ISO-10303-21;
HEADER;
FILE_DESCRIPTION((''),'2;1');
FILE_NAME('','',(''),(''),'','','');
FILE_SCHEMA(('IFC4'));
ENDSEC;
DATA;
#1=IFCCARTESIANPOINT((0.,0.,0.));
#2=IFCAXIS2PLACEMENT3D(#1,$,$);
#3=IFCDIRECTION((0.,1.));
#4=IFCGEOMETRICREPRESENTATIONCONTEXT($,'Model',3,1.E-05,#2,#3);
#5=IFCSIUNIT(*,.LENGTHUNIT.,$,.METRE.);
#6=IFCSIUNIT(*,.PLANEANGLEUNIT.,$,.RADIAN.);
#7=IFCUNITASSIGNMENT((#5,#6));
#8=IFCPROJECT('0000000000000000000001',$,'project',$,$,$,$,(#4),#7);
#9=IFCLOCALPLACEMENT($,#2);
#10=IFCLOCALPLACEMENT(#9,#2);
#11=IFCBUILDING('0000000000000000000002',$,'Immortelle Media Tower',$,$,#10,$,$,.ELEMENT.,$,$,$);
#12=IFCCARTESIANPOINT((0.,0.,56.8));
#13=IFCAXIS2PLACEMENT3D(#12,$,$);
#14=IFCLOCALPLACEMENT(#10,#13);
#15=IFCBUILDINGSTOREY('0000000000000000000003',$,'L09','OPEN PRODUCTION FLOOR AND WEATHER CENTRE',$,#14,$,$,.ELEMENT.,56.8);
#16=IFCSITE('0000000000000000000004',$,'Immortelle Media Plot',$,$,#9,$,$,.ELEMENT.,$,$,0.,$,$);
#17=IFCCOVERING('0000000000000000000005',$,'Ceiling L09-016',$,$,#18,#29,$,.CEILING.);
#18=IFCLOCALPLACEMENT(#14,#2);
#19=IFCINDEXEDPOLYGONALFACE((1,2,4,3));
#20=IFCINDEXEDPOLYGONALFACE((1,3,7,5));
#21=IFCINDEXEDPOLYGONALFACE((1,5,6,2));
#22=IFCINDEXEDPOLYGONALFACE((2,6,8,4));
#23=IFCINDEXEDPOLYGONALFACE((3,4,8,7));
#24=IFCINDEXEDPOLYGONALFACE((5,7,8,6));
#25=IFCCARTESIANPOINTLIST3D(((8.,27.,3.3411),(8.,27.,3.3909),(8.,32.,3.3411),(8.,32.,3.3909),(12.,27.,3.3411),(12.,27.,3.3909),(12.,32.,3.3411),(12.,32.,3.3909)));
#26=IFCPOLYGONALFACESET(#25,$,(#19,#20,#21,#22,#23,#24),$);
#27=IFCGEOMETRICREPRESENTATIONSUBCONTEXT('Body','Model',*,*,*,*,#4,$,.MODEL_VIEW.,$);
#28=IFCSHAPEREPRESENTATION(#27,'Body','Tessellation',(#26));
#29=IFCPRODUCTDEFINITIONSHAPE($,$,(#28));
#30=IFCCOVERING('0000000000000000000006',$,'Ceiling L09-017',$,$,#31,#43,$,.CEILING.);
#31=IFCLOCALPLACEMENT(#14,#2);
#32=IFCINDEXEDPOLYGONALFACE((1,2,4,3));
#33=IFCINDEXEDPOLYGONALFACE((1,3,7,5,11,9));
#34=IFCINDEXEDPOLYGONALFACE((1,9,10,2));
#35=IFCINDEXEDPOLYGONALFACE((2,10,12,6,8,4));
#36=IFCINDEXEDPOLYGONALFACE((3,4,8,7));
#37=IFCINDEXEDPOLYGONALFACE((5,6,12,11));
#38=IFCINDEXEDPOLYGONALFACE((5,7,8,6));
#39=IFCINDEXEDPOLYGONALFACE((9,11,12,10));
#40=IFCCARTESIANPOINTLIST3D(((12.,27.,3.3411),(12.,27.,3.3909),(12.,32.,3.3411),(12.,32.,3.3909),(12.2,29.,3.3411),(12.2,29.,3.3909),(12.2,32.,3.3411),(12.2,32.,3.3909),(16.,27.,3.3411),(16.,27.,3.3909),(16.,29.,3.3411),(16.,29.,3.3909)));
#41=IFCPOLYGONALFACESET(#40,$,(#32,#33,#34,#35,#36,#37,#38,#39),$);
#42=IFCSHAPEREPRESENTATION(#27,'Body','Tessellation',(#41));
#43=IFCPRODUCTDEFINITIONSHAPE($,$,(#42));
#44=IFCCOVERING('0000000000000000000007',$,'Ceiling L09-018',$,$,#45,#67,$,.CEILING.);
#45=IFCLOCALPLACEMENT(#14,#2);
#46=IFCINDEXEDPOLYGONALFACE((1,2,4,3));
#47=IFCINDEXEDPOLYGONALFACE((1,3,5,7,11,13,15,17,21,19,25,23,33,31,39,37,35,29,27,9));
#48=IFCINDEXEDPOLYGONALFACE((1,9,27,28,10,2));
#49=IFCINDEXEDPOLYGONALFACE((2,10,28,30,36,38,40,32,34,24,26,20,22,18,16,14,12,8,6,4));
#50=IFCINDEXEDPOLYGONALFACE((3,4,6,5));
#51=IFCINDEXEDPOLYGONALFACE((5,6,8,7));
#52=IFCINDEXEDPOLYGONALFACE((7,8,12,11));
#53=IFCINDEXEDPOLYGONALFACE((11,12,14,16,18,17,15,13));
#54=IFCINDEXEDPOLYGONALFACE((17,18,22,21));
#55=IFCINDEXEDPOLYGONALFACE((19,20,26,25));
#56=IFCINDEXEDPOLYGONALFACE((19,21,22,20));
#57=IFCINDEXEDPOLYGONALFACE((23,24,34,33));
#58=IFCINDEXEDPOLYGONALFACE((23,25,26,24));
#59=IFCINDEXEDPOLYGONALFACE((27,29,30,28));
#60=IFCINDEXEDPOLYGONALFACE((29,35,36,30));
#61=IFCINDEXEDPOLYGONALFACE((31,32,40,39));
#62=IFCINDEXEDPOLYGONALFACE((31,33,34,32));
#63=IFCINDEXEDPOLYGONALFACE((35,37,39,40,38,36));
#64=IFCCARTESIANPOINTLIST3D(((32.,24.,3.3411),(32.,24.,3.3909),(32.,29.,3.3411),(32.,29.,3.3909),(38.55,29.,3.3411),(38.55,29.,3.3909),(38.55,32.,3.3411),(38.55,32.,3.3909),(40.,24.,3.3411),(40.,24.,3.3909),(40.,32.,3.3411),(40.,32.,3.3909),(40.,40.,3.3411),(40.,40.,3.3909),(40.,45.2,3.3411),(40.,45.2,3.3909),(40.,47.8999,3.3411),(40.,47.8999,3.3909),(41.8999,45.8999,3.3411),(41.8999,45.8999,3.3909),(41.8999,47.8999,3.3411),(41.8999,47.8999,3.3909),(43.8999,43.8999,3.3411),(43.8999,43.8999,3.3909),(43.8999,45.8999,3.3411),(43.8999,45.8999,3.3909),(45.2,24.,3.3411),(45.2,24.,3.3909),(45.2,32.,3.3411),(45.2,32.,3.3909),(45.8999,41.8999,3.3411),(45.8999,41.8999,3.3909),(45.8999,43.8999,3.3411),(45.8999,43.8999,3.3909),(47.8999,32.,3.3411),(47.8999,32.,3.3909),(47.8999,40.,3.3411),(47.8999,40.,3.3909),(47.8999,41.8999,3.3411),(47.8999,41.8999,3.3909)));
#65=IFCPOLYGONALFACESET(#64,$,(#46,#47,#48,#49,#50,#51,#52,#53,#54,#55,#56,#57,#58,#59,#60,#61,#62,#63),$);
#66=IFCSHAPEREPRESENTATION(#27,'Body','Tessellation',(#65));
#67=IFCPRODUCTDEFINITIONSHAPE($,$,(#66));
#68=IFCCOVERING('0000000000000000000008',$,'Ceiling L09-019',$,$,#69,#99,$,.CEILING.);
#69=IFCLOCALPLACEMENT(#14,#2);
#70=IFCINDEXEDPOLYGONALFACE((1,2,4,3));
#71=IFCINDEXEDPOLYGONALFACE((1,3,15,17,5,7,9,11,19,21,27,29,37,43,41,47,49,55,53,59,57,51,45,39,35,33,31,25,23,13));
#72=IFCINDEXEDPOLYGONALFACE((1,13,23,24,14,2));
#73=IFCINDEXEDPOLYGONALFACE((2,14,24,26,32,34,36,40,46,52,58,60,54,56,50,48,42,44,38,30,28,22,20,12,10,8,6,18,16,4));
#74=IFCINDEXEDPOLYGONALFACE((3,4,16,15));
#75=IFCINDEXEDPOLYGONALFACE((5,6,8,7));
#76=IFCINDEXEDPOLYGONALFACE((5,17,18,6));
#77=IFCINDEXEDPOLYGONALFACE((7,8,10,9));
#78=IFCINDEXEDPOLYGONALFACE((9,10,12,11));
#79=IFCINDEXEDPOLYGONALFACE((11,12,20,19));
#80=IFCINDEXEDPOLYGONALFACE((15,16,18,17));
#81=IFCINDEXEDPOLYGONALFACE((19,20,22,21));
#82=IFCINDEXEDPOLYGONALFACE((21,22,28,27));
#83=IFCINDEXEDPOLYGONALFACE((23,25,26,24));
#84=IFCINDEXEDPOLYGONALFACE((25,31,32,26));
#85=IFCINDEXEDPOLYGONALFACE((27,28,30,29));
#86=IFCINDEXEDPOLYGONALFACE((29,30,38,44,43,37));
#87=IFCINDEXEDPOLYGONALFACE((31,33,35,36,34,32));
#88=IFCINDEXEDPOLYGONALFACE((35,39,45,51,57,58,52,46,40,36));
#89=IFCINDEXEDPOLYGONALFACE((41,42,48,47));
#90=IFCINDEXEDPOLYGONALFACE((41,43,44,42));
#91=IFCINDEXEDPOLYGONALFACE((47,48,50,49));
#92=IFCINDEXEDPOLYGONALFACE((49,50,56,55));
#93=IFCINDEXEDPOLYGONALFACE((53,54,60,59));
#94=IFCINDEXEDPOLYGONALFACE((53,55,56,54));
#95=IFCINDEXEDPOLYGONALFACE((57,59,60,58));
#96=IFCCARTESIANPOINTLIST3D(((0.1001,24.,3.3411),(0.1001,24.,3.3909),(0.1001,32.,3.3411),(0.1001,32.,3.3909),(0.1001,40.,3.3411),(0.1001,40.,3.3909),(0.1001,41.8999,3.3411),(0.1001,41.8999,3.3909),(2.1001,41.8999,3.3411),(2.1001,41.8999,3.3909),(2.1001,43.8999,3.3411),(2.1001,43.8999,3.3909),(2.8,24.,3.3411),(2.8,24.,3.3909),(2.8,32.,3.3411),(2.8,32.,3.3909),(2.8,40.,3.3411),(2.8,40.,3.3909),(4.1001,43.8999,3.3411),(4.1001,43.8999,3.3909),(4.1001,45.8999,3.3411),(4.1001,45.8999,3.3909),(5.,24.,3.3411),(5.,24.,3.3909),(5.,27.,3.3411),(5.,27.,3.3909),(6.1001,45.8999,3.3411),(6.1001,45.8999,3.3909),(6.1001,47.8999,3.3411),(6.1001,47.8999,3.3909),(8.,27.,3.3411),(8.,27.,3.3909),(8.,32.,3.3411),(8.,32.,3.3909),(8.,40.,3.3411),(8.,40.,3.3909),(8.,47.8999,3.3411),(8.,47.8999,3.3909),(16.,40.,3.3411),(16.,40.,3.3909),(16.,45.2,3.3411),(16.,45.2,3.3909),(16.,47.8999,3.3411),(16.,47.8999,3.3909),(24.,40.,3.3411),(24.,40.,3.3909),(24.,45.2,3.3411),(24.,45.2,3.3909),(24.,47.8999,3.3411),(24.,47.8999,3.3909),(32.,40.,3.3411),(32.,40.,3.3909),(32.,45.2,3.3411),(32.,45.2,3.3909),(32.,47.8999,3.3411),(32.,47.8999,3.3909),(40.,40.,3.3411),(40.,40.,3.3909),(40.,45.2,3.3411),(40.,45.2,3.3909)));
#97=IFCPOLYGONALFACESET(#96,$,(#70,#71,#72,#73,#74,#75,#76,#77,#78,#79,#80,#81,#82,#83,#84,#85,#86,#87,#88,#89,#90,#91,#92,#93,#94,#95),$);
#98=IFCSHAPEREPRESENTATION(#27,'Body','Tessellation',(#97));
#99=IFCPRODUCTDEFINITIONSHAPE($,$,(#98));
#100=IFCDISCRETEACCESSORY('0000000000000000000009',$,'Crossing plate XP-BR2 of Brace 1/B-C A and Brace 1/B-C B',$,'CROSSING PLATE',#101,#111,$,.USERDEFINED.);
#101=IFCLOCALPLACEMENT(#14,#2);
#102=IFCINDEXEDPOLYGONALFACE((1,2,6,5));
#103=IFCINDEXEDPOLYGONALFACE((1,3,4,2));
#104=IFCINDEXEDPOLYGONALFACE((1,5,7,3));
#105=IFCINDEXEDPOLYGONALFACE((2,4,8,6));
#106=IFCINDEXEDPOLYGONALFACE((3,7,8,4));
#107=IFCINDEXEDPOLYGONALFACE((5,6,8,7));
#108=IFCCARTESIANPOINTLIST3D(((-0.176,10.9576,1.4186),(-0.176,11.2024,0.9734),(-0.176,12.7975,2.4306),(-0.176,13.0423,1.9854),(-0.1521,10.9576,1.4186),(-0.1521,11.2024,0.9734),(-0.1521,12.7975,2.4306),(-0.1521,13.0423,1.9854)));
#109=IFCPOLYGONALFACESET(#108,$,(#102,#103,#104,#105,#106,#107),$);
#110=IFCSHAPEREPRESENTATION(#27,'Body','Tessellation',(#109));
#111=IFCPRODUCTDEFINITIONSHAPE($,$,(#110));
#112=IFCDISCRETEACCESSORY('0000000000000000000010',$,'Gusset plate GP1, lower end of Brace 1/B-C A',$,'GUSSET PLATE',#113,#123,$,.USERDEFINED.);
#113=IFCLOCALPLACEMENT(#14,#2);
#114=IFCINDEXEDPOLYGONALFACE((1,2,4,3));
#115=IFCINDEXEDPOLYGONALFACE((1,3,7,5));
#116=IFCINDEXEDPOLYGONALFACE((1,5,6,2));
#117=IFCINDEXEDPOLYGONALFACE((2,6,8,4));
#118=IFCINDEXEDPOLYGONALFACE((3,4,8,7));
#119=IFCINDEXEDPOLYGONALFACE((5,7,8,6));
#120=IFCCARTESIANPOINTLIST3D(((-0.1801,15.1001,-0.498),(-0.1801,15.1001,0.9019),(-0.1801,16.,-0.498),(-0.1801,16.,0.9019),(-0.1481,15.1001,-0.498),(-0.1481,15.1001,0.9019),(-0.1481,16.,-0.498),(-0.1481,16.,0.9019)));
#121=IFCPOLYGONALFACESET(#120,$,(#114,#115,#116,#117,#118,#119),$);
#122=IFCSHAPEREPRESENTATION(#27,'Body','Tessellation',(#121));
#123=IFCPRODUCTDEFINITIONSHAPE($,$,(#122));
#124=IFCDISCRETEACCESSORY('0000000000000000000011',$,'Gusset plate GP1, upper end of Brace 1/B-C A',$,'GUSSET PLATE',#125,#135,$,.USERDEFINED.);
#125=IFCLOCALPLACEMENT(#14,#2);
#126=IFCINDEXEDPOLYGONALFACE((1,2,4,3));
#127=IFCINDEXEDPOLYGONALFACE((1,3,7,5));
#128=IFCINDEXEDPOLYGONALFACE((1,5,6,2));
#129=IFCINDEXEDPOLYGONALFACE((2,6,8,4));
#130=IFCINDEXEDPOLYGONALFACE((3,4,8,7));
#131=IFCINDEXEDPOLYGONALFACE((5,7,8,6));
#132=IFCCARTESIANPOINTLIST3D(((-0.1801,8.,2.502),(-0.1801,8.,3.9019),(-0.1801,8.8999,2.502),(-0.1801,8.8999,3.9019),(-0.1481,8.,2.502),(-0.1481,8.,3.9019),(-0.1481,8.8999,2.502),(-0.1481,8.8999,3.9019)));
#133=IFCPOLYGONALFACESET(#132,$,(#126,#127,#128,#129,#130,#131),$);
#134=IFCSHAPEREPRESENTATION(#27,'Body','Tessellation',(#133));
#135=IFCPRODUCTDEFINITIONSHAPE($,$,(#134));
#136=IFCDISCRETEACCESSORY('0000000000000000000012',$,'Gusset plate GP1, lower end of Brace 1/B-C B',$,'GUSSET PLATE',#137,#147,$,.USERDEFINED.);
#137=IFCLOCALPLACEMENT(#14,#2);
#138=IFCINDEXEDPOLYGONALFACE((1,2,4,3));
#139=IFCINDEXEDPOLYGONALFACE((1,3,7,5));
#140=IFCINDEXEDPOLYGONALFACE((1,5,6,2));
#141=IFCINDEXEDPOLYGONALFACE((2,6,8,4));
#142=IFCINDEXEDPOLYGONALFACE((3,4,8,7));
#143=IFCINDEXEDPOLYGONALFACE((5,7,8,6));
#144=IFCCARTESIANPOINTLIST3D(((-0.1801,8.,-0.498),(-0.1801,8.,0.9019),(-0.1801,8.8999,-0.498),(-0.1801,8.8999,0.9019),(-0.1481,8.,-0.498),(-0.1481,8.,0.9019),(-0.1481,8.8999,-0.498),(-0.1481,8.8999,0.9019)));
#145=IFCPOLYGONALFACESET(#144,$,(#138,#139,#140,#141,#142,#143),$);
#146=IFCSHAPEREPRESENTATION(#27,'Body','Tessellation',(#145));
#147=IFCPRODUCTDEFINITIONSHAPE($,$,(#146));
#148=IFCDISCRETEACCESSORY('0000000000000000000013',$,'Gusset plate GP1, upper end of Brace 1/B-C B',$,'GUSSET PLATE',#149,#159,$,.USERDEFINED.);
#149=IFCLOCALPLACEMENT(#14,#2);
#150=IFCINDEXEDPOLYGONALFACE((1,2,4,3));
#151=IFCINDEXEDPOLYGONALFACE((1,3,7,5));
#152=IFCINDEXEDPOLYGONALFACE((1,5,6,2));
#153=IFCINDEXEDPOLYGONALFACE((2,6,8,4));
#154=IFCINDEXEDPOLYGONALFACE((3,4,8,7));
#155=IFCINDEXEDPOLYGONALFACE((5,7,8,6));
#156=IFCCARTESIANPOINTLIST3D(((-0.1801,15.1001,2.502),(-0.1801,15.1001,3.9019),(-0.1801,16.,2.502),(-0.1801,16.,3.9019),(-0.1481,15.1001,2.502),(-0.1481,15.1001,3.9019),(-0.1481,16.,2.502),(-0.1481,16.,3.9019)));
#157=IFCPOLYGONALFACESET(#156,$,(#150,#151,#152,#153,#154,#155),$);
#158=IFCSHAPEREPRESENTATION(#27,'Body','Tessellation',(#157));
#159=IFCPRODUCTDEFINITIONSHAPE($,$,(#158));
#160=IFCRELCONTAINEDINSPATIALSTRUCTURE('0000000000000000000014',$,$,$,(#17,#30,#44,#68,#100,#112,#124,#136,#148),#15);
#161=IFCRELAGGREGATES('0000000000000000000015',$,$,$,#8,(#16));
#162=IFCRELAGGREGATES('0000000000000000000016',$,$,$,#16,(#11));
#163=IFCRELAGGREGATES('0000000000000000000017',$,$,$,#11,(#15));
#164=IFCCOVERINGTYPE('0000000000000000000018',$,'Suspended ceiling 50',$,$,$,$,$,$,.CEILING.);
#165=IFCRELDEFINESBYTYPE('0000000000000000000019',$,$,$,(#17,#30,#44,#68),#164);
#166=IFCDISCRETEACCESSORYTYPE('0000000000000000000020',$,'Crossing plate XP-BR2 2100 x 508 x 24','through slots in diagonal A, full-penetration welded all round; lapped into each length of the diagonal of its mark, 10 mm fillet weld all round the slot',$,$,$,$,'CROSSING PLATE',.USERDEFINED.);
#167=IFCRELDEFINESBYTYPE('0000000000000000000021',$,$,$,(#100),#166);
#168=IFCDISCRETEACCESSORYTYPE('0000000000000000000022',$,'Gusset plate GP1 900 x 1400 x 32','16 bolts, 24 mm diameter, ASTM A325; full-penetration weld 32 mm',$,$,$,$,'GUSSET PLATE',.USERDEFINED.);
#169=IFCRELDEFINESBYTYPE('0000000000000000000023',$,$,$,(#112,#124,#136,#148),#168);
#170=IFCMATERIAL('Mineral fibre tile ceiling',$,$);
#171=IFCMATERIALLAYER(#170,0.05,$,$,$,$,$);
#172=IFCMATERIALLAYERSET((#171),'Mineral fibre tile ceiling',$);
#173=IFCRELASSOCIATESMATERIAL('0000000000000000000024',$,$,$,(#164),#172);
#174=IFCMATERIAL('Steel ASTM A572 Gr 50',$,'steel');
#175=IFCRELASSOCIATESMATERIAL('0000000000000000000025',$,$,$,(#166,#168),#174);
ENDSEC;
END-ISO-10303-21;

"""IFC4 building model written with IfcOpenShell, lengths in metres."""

from ifc_helpers import new_model, si_unit, direction, frame, origin, origin_2d, place, context, subcontext, project, spatial, polyline, rectangle, outline, extrude, material, layer, layer_set, material_profile, profile_set, type_object, element, save


model = new_model("IFC4")

# Units and contexts
model_context = context("Model", 3, precision=1e-05, world=origin(), true_north=direction((0.0, 1.0)))
body_context = subcontext(model_context, "Body", "Model", "MODEL_VIEW")
ifc_project = project(units=[si_unit("LENGTHUNIT", "METRE"), si_unit("PLANEANGLEUNIT", "RADIAN")], contexts=[model_context])

# Site, building, storey
site_placement = place(None, origin())
site = spatial("IfcSite", under=ifc_project, at=site_placement, Name="Immortelle Media Plot", CompositionType="ELEMENT", RefElevation=0.0)
building_placement = place(site_placement, origin())
building = spatial("IfcBuilding", under=site, at=building_placement, Name="Immortelle Media Tower", CompositionType="ELEMENT")
storey_placement = place(building_placement, frame((0.0, 0.0, 56.8)))
storey = spatial("IfcBuildingStorey", under=building, at=storey_placement, Name="L09", Description="OPEN PRODUCTION FLOOR AND WEATHER CENTRE", CompositionType="ELEMENT", Elevation=56.8)

# Coverings
ifc_material_1 = material(Name="Mineral fibre tile ceiling")
ifc_layer_1 = layer(ifc_material_1, 0.05)
ifc_layer_set_1 = layer_set([ifc_layer_1], Name="Mineral fibre tile ceiling")
covering_type = type_object("IfcCoveringType", Name="Suspended ceiling 50", PredefinedType="CEILING", material=ifc_layer_set_1)
covering_1_placement = place(storey_placement, frame((0.0, 0.0, 3.3411)))
element("IfcCovering", 1, at=covering_1_placement, inside=storey, type_object=covering_type, Name="Ceiling L09-016", PredefinedType="CEILING", context=body_context, shape_type="SweptSolid", body=[
    extrude(outline(polyline([(8.0, 32.0), (12.0, 32.0), (12.0, 27.0), (8.0, 27.0), (8.0, 32.0)])), origin(), (0.0, 0.0, 1.0), 0.0498),
])
covering_2_placement = place(storey_placement, frame((0.0, 0.0, 3.3411)))
element("IfcCovering", 2, at=covering_2_placement, inside=storey, type_object=covering_type, Name="Ceiling L09-017", PredefinedType="CEILING", context=body_context, shape_type="SweptSolid", body=[
    extrude(outline(polyline([(12.2, 32.0), (12.2, 29.0), (16.0, 29.0), (16.0, 27.0), (12.0, 27.0), (12.0, 32.0), (12.2, 32.0)])), origin(), (0.0, 0.0, 1.0), 0.0498),
])
covering_3_placement = place(storey_placement, frame((0.0, 0.0, 3.3411)))
element("IfcCovering", 3, at=covering_3_placement, inside=storey, type_object=covering_type, Name="Ceiling L09-018", PredefinedType="CEILING", context=body_context, shape_type="SweptSolid", body=[
    extrude(outline(polyline([(38.55, 32.0), (40.0, 32.0), (40.0, 40.0), (40.0, 45.2), (40.0, 47.8999), (41.8999, 47.8999), (41.8999, 45.8999), (43.8999, 45.8999), (43.8999, 43.8999), (45.8999, 43.8999), (45.8999, 41.8999), (47.8999, 41.8999), (47.8999, 40.0), (47.8999, 32.0), (45.2, 32.0), (45.2, 24.0), (40.0, 24.0), (32.0, 24.0), (32.0, 29.0), (38.55, 29.0), (38.55, 32.0)])), origin(), (0.0, 0.0, 1.0), 0.0498),
])
covering_4_placement = place(storey_placement, frame((0.0, 0.0, 3.3411)))
element("IfcCovering", 4, at=covering_4_placement, inside=storey, type_object=covering_type, Name="Ceiling L09-019", PredefinedType="CEILING", context=body_context, shape_type="SweptSolid", body=[
    extrude(outline(polyline([(2.8, 40.0), (0.1001, 40.0), (0.1001, 41.8999), (2.1001, 41.8999), (2.1001, 43.8999), (4.1001, 43.8999), (4.1001, 45.8999), (6.1001, 45.8999), (6.1001, 47.8999), (8.0, 47.8999), (16.0, 47.8999), (16.0, 45.2), (24.0, 45.2), (24.0, 47.8999), (32.0, 47.8999), (32.0, 45.2), (40.0, 45.2), (40.0, 40.0), (32.0, 40.0), (24.0, 40.0), (16.0, 40.0), (8.0, 40.0), (8.0, 32.0), (8.0, 27.0), (5.0, 27.0), (5.0, 24.0), (2.8, 24.0), (0.1001, 24.0), (0.1001, 32.0), (2.8, 32.0), (2.8, 40.0)])), origin(), (0.0, 0.0, 1.0), 0.0498),
])

# Discrete accessories
ifc_material_2 = material(Name="Steel ASTM A572 Gr 50", Category="steel")
ifc_material_profile_1 = material_profile(ifc_material_2, rectangle(XDim=0.0239, YDim=0.5081, at=origin_2d()), Name="PL 24 x 508")
ifc_profile_set_1 = profile_set([ifc_material_profile_1], Name="Steel ASTM A572 Gr 50")
discrete_accessory_type_1 = type_object("IfcDiscreteAccessoryType", Name="Crossing plate XP-BR2 2100 x 508 x 24", Description="through slots in diagonal A, full-penetration welded all round; lapped into each length of the diagonal of its mark, 10 mm fillet weld all round the slot", ElementType="CROSSING PLATE", PredefinedType="USERDEFINED", material=ifc_profile_set_1)
discrete_accessory_placement = place(storey_placement, frame((-0.1641, 12.9199, 2.208), z_axis=(0.0, -0.876206, -0.481937), x_axis=(1.0, 0.0, 0.0)))
element("IfcDiscreteAccessory", 5, at=discrete_accessory_placement, inside=storey, type_object=discrete_accessory_type_1, Name="Crossing plate XP-BR2 of Brace 1/B-C A and Brace 1/B-C B", ObjectType="CROSSING PLATE", PredefinedType="USERDEFINED", context=body_context, shape_type="SweptSolid", body=[
    extrude(rectangle(XDim=0.0239, YDim=0.5081, at=origin_2d()), origin(), (0.0, 0.0, 1.0), 2.0999),
])
ifc_material_profile_2 = material_profile(ifc_material_2, rectangle(XDim=0.032, YDim=1.3999, at=origin_2d()), Name="PL 32 x 1400")
ifc_profile_set_2 = profile_set([ifc_material_profile_2], Name="Steel ASTM A572 Gr 50")
discrete_accessory_type_2 = type_object("IfcDiscreteAccessoryType", Name="Gusset plate GP1 900 x 1400 x 32", Description="16 bolts, 24 mm diameter, ASTM A325; full-penetration weld 32 mm", ElementType="GUSSET PLATE", PredefinedType="USERDEFINED", material=ifc_profile_set_2)
for number, where, z_axis, x_axis, name in (
    (6, (-0.1641, 16.0, 0.2019), (0.0, -1.0, 0.0), (1.0, 0.0, 0.0), "Gusset plate GP1, lower end of Brace 1/B-C A"),
    (7, (-0.1641, 8.0, 3.2019), (0.0, 1.0, 0.0), (-1.0, 0.0, 0.0), "Gusset plate GP1, upper end of Brace 1/B-C A"),
    (8, (-0.1641, 8.0, 0.2019), (0.0, 1.0, 0.0), (-1.0, 0.0, 0.0), "Gusset plate GP1, lower end of Brace 1/B-C B"),
    (9, (-0.1641, 16.0, 3.2019), (0.0, -1.0, 0.0), (1.0, 0.0, 0.0), "Gusset plate GP1, upper end of Brace 1/B-C B"),
):
    element("IfcDiscreteAccessory", number, at=place(storey_placement, frame(where, z_axis=z_axis, x_axis=x_axis)), inside=storey, type_object=discrete_accessory_type_2, Name=name, ObjectType="GUSSET PLATE", PredefinedType="USERDEFINED", context=body_context, shape_type="SweptSolid", body=[
        extrude(rectangle(XDim=0.032, YDim=1.3999, at=origin_2d()), origin(), (0.0, 0.0, 1.0), 0.8999),
    ])

save(model, "model.ifc")
